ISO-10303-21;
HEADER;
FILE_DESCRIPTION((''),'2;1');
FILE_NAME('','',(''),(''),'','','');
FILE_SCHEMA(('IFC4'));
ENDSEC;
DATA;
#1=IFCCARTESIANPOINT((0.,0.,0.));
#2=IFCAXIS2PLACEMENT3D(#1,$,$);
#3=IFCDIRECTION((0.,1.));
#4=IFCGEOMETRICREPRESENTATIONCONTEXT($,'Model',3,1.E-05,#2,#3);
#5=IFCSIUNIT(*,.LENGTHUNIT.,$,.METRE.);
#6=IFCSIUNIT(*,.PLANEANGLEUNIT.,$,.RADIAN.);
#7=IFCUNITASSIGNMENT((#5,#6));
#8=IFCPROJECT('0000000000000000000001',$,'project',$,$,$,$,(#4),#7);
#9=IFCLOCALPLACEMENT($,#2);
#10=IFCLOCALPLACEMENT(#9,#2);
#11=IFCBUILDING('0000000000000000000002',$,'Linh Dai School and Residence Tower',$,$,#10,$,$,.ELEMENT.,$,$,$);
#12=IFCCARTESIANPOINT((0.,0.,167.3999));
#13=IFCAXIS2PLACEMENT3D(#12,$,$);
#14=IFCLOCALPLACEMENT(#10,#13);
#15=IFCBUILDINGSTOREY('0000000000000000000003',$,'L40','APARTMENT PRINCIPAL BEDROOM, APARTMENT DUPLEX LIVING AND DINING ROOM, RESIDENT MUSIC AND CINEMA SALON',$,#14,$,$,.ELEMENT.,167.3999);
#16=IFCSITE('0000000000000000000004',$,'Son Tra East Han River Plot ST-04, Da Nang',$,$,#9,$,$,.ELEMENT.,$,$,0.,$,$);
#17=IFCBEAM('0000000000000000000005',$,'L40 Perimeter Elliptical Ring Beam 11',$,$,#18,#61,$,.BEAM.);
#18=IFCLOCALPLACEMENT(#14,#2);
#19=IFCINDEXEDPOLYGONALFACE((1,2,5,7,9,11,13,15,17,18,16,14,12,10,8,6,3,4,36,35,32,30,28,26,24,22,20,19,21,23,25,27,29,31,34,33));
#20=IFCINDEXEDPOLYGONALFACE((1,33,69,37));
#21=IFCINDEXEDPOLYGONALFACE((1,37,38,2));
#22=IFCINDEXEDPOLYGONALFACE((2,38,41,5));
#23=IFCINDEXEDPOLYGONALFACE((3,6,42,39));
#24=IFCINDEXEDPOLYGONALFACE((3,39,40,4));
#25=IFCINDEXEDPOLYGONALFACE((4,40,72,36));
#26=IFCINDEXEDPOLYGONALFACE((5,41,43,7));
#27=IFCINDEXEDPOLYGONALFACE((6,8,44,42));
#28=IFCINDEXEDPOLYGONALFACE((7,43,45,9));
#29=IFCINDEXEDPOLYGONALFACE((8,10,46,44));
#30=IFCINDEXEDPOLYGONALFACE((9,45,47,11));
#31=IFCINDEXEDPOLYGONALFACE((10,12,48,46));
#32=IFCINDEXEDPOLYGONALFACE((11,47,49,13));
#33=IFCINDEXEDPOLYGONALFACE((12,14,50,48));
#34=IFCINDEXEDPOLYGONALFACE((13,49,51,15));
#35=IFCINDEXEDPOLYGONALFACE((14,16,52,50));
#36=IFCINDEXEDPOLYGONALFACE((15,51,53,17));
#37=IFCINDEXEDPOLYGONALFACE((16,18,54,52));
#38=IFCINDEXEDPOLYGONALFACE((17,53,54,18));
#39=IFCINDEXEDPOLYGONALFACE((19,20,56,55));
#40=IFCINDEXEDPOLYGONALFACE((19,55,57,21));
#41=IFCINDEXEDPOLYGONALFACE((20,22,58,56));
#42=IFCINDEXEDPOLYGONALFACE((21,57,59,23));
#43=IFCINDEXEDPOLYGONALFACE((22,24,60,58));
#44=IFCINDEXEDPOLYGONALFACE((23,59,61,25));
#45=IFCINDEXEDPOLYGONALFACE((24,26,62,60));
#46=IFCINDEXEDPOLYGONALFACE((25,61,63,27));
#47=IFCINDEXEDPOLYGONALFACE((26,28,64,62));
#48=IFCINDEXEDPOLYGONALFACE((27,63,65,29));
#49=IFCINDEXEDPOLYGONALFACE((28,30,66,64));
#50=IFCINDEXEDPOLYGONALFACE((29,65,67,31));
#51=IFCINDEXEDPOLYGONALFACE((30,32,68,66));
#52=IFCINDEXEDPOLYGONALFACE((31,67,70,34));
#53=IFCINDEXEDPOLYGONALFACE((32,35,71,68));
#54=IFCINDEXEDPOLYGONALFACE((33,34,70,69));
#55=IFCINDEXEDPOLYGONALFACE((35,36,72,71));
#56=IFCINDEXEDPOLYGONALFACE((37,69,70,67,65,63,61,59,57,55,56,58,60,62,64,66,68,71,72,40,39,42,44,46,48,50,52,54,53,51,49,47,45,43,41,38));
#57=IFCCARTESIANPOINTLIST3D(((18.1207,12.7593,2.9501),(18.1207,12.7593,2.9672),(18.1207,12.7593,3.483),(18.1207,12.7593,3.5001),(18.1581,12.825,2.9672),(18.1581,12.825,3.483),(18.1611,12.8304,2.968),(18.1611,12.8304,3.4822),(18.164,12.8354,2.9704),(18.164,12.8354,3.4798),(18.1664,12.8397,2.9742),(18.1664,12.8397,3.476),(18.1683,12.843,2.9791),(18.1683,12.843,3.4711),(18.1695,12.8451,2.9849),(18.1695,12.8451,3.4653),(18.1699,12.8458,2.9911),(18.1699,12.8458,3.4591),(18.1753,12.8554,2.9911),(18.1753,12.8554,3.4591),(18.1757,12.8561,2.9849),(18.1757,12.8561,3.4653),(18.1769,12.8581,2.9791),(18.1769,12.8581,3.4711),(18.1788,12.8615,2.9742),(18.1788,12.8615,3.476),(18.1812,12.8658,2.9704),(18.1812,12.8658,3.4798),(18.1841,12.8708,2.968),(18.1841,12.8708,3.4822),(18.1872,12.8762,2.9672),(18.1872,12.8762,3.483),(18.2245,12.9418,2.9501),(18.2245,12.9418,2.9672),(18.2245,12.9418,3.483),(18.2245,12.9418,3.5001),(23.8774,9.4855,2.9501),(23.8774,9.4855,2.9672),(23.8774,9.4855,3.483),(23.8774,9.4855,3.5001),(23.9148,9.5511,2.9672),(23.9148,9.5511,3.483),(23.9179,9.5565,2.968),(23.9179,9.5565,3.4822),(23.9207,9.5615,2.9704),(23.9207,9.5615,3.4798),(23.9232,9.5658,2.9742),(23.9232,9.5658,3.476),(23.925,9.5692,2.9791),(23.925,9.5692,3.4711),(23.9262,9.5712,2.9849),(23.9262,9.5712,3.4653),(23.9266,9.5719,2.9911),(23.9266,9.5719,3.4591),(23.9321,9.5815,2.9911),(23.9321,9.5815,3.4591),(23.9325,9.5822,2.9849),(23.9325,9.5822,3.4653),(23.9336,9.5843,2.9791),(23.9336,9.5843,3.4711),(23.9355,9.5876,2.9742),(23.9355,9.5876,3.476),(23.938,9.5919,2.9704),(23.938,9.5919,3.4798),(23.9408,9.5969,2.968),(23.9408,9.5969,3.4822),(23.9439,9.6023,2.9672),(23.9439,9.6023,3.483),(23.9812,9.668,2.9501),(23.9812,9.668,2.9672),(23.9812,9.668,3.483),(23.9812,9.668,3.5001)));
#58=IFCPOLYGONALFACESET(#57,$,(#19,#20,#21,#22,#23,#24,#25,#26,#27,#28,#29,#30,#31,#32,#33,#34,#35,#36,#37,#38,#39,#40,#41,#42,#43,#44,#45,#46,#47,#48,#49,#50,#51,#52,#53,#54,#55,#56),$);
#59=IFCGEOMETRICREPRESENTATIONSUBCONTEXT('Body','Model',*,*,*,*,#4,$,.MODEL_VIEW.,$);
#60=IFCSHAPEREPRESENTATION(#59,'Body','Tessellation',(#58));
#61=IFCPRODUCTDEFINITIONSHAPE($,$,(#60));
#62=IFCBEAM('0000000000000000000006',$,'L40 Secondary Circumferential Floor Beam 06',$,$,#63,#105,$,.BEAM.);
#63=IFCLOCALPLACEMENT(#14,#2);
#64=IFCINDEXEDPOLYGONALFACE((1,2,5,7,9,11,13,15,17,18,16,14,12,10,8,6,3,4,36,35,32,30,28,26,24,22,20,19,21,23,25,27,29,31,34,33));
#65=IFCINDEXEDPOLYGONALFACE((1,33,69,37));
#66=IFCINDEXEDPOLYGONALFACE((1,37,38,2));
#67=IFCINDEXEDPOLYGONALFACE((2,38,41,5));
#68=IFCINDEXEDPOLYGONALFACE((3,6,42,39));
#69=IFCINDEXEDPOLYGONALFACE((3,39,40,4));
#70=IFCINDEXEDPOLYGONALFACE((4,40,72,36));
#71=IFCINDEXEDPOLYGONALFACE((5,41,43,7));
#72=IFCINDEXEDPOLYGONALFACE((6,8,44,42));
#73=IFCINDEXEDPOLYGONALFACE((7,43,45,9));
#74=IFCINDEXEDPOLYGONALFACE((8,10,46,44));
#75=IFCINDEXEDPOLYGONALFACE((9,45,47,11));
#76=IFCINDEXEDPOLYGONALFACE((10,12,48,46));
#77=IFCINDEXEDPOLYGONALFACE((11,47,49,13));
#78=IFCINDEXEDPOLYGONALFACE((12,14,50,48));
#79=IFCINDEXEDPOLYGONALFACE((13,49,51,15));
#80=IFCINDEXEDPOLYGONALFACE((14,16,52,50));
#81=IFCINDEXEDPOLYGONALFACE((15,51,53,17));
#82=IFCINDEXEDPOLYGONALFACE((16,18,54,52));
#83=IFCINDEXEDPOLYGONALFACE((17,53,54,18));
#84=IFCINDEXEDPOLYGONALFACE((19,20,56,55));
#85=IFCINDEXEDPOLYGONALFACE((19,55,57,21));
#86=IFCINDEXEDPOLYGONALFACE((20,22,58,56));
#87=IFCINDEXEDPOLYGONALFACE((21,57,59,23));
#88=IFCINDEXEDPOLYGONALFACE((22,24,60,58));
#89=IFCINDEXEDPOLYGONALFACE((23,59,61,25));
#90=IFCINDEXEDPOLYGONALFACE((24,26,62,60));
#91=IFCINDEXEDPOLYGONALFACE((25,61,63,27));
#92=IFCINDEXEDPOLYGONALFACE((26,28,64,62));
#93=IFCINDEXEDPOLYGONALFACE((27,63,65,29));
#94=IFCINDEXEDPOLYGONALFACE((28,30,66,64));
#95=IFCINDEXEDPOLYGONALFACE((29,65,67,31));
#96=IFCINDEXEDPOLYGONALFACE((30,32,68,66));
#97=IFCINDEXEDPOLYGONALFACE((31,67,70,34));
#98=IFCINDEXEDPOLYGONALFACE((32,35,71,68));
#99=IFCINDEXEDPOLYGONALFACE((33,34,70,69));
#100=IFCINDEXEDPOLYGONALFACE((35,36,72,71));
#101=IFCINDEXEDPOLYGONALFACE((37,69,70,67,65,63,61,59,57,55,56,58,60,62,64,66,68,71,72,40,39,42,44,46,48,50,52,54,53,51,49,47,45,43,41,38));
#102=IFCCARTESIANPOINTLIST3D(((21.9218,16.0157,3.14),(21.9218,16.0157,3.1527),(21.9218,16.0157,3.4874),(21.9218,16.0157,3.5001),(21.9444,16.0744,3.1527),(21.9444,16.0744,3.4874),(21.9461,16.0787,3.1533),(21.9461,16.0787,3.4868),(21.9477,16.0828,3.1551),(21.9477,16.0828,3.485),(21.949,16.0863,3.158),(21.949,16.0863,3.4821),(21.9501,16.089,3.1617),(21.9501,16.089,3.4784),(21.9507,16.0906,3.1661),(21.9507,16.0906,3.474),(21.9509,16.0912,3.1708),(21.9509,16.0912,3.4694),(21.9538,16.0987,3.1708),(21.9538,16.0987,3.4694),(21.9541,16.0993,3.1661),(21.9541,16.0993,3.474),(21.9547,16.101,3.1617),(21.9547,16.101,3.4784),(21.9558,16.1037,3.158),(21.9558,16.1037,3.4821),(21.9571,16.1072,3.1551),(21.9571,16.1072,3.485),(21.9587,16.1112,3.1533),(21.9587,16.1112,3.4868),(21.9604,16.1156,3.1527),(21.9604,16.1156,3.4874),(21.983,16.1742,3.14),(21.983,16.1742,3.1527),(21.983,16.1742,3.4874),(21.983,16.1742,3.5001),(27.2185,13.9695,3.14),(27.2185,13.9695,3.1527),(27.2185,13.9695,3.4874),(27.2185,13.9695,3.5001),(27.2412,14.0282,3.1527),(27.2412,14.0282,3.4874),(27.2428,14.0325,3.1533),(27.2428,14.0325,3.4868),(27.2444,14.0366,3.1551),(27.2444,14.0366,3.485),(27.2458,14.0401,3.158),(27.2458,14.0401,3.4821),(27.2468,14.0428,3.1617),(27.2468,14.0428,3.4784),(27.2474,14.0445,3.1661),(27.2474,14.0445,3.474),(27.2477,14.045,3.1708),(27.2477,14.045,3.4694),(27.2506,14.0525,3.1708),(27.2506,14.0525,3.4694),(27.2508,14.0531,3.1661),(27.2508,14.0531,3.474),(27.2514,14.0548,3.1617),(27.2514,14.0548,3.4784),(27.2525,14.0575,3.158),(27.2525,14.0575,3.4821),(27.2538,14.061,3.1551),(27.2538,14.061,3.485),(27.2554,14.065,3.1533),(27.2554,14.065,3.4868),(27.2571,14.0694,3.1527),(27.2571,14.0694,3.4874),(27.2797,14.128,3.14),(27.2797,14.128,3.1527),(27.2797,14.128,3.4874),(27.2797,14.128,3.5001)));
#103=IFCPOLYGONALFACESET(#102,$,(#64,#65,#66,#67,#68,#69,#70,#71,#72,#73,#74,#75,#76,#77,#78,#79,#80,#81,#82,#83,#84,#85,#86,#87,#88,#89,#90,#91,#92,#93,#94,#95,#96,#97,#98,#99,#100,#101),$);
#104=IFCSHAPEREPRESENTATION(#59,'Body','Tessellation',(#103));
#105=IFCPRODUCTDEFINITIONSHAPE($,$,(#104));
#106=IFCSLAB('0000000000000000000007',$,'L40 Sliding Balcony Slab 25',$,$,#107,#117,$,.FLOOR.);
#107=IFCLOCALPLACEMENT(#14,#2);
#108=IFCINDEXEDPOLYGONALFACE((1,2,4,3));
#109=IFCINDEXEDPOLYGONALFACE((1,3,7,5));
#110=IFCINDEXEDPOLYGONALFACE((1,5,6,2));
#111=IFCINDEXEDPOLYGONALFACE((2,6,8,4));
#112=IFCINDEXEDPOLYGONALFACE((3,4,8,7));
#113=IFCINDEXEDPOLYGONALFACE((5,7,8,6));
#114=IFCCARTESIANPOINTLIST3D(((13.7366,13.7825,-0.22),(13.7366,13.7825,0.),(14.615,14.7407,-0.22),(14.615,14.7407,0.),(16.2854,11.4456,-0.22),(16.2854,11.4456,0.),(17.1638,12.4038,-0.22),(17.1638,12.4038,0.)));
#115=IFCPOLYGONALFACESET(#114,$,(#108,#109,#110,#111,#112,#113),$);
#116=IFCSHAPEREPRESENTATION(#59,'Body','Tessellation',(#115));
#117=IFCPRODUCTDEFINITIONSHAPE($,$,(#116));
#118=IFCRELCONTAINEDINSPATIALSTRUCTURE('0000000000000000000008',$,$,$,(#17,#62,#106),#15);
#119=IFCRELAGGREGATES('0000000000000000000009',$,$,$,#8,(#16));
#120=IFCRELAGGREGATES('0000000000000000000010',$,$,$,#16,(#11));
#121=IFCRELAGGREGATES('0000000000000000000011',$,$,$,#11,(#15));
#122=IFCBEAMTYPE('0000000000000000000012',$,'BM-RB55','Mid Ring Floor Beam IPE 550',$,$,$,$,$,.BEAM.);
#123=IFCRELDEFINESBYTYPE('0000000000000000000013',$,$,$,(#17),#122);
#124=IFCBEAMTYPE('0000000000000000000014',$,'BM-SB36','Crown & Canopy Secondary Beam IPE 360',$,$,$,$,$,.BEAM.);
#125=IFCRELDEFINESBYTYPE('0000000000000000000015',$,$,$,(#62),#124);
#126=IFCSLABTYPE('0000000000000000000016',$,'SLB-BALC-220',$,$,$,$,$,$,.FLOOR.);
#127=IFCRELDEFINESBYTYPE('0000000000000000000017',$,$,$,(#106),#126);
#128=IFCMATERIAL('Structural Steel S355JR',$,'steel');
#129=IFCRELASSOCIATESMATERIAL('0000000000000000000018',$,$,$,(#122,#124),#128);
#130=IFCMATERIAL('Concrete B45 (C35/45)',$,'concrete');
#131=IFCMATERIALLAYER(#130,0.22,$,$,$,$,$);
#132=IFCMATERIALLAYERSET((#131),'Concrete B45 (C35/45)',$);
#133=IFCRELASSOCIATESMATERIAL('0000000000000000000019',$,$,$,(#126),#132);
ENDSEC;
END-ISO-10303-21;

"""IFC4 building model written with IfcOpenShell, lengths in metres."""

from ifc_helpers import new_model, si_unit, direction, frame, origin, origin_2d, place, context, subcontext, project, spatial, polyline, i_section, outline, extrude, material, layer, layer_set, material_profile, profile_set, type_object, element, save


model = new_model("IFC4")

# Units and contexts
model_context = context("Model", 3, precision=1e-05, world=origin(), true_north=direction((0.0, 1.0)))
body_context = subcontext(model_context, "Body", "Model", "MODEL_VIEW")
ifc_project = project(units=[si_unit("LENGTHUNIT", "METRE"), si_unit("PLANEANGLEUNIT", "RADIAN")], contexts=[model_context])

# Site, building, storey
site_placement = place(None, origin())
site = spatial("IfcSite", under=ifc_project, at=site_placement, Name="Son Tra East Han River Plot ST-04, Da Nang", CompositionType="ELEMENT", RefElevation=0.0)
building_placement = place(site_placement, origin())
building = spatial("IfcBuilding", under=site, at=building_placement, Name="Linh Dai School and Residence Tower", CompositionType="ELEMENT")
storey_placement = place(building_placement, frame((0.0, 0.0, 167.3999)))
storey = spatial("IfcBuildingStorey", under=building, at=storey_placement, Name="L40", Description="APARTMENT PRINCIPAL BEDROOM, APARTMENT DUPLEX LIVING AND DINING ROOM, RESIDENT MUSIC AND CINEMA SALON", CompositionType="ELEMENT", Elevation=167.3999)

# Shared definitions
ifc_material_1 = material(Name="Structural Steel S355JR", Category="steel")

# Beams
ifc_material_profile_1 = material_profile(ifc_material_1, i_section(OverallWidth=0.21, OverallDepth=0.55, WebThickness=0.011, FlangeThickness=0.0171, FilletRadius=0.0239, at=origin_2d()), Name="IPE 550")
ifc_profile_set_1 = profile_set([ifc_material_profile_1], Name="Structural Steel S355JR")
beam_type_1 = type_object("IfcBeamType", Name="BM-RB55", Description="Mid Ring Floor Beam IPE 550", PredefinedType="BEAM", material=ifc_profile_set_1)
beam_1_placement = place(storey_placement, frame((18.1726, 12.8506, 3.2251), z_axis=(0.869262, -0.494351, 0.0), x_axis=(0.494351, 0.869262, 0.0)))
element("IfcBeam", 1, at=beam_1_placement, inside=storey, type_object=beam_type_1, Name="L40 Perimeter Elliptical Ring Beam 11", PredefinedType="BEAM", context=body_context, shape_type="SweptSolid", body=[
    extrude(i_section(OverallWidth=0.21, OverallDepth=0.55, WebThickness=0.011, FlangeThickness=0.0171, FilletRadius=0.0239, at=origin_2d()), origin(), (0.0, 0.0, 1.0), 6.6226),
])
ifc_material_profile_2 = material_profile(ifc_material_1, i_section(OverallWidth=0.1699, OverallDepth=0.3601, WebThickness=0.0081, FlangeThickness=0.0127, FilletRadius=0.0181, at=origin_2d()), Name="IPE 360")
ifc_profile_set_2 = profile_set([ifc_material_profile_2], Name="Structural Steel S355JR")
beam_type_2 = type_object("IfcBeamType", Name="BM-SB36", Description="Crown & Canopy Secondary Beam IPE 360", PredefinedType="BEAM", material=ifc_profile_set_2)
beam_2_placement = place(storey_placement, frame((21.9524, 16.095, 3.3201), z_axis=(0.932815, -0.360356, 0.0), x_axis=(0.360356, 0.932815, 0.0)))
element("IfcBeam", 2, at=beam_2_placement, inside=storey, type_object=beam_type_2, Name="L40 Secondary Circumferential Floor Beam 06", PredefinedType="BEAM", context=body_context, shape_type="SweptSolid", body=[
    extrude(i_section(OverallWidth=0.1699, OverallDepth=0.3601, WebThickness=0.0081, FlangeThickness=0.0127, FilletRadius=0.0181, at=origin_2d()), origin(), (0.0, 0.0, 1.0), 5.6782),
])

# Slab
ifc_material_2 = material(Name="Concrete B45 (C35/45)", Category="concrete")
ifc_layer_1 = layer(ifc_material_2, 0.22)
ifc_layer_set_1 = layer_set([ifc_layer_1], Name="Concrete B45 (C35/45)")
slab_type_1 = type_object("IfcSlabType", Name="SLB-BALC-220", PredefinedType="FLOOR", material=ifc_layer_set_1)
slab_1_placement = place(storey_placement, frame((0.0, 0.0, -0.22)))
element("IfcSlab", 3, at=slab_1_placement, inside=storey, type_object=slab_type_1, Name="L40 Sliding Balcony Slab 25", PredefinedType="FLOOR", context=body_context, shape_type="SweptSolid", body=[
    extrude(outline(polyline([(17.1638, 12.4038), (14.615, 14.7407), (13.7366, 13.7825), (16.2854, 11.4456), (17.1638, 12.4038)])), origin(), (0.0, 0.0, 1.0), 0.22),
])

save(model, "model.ifc")
